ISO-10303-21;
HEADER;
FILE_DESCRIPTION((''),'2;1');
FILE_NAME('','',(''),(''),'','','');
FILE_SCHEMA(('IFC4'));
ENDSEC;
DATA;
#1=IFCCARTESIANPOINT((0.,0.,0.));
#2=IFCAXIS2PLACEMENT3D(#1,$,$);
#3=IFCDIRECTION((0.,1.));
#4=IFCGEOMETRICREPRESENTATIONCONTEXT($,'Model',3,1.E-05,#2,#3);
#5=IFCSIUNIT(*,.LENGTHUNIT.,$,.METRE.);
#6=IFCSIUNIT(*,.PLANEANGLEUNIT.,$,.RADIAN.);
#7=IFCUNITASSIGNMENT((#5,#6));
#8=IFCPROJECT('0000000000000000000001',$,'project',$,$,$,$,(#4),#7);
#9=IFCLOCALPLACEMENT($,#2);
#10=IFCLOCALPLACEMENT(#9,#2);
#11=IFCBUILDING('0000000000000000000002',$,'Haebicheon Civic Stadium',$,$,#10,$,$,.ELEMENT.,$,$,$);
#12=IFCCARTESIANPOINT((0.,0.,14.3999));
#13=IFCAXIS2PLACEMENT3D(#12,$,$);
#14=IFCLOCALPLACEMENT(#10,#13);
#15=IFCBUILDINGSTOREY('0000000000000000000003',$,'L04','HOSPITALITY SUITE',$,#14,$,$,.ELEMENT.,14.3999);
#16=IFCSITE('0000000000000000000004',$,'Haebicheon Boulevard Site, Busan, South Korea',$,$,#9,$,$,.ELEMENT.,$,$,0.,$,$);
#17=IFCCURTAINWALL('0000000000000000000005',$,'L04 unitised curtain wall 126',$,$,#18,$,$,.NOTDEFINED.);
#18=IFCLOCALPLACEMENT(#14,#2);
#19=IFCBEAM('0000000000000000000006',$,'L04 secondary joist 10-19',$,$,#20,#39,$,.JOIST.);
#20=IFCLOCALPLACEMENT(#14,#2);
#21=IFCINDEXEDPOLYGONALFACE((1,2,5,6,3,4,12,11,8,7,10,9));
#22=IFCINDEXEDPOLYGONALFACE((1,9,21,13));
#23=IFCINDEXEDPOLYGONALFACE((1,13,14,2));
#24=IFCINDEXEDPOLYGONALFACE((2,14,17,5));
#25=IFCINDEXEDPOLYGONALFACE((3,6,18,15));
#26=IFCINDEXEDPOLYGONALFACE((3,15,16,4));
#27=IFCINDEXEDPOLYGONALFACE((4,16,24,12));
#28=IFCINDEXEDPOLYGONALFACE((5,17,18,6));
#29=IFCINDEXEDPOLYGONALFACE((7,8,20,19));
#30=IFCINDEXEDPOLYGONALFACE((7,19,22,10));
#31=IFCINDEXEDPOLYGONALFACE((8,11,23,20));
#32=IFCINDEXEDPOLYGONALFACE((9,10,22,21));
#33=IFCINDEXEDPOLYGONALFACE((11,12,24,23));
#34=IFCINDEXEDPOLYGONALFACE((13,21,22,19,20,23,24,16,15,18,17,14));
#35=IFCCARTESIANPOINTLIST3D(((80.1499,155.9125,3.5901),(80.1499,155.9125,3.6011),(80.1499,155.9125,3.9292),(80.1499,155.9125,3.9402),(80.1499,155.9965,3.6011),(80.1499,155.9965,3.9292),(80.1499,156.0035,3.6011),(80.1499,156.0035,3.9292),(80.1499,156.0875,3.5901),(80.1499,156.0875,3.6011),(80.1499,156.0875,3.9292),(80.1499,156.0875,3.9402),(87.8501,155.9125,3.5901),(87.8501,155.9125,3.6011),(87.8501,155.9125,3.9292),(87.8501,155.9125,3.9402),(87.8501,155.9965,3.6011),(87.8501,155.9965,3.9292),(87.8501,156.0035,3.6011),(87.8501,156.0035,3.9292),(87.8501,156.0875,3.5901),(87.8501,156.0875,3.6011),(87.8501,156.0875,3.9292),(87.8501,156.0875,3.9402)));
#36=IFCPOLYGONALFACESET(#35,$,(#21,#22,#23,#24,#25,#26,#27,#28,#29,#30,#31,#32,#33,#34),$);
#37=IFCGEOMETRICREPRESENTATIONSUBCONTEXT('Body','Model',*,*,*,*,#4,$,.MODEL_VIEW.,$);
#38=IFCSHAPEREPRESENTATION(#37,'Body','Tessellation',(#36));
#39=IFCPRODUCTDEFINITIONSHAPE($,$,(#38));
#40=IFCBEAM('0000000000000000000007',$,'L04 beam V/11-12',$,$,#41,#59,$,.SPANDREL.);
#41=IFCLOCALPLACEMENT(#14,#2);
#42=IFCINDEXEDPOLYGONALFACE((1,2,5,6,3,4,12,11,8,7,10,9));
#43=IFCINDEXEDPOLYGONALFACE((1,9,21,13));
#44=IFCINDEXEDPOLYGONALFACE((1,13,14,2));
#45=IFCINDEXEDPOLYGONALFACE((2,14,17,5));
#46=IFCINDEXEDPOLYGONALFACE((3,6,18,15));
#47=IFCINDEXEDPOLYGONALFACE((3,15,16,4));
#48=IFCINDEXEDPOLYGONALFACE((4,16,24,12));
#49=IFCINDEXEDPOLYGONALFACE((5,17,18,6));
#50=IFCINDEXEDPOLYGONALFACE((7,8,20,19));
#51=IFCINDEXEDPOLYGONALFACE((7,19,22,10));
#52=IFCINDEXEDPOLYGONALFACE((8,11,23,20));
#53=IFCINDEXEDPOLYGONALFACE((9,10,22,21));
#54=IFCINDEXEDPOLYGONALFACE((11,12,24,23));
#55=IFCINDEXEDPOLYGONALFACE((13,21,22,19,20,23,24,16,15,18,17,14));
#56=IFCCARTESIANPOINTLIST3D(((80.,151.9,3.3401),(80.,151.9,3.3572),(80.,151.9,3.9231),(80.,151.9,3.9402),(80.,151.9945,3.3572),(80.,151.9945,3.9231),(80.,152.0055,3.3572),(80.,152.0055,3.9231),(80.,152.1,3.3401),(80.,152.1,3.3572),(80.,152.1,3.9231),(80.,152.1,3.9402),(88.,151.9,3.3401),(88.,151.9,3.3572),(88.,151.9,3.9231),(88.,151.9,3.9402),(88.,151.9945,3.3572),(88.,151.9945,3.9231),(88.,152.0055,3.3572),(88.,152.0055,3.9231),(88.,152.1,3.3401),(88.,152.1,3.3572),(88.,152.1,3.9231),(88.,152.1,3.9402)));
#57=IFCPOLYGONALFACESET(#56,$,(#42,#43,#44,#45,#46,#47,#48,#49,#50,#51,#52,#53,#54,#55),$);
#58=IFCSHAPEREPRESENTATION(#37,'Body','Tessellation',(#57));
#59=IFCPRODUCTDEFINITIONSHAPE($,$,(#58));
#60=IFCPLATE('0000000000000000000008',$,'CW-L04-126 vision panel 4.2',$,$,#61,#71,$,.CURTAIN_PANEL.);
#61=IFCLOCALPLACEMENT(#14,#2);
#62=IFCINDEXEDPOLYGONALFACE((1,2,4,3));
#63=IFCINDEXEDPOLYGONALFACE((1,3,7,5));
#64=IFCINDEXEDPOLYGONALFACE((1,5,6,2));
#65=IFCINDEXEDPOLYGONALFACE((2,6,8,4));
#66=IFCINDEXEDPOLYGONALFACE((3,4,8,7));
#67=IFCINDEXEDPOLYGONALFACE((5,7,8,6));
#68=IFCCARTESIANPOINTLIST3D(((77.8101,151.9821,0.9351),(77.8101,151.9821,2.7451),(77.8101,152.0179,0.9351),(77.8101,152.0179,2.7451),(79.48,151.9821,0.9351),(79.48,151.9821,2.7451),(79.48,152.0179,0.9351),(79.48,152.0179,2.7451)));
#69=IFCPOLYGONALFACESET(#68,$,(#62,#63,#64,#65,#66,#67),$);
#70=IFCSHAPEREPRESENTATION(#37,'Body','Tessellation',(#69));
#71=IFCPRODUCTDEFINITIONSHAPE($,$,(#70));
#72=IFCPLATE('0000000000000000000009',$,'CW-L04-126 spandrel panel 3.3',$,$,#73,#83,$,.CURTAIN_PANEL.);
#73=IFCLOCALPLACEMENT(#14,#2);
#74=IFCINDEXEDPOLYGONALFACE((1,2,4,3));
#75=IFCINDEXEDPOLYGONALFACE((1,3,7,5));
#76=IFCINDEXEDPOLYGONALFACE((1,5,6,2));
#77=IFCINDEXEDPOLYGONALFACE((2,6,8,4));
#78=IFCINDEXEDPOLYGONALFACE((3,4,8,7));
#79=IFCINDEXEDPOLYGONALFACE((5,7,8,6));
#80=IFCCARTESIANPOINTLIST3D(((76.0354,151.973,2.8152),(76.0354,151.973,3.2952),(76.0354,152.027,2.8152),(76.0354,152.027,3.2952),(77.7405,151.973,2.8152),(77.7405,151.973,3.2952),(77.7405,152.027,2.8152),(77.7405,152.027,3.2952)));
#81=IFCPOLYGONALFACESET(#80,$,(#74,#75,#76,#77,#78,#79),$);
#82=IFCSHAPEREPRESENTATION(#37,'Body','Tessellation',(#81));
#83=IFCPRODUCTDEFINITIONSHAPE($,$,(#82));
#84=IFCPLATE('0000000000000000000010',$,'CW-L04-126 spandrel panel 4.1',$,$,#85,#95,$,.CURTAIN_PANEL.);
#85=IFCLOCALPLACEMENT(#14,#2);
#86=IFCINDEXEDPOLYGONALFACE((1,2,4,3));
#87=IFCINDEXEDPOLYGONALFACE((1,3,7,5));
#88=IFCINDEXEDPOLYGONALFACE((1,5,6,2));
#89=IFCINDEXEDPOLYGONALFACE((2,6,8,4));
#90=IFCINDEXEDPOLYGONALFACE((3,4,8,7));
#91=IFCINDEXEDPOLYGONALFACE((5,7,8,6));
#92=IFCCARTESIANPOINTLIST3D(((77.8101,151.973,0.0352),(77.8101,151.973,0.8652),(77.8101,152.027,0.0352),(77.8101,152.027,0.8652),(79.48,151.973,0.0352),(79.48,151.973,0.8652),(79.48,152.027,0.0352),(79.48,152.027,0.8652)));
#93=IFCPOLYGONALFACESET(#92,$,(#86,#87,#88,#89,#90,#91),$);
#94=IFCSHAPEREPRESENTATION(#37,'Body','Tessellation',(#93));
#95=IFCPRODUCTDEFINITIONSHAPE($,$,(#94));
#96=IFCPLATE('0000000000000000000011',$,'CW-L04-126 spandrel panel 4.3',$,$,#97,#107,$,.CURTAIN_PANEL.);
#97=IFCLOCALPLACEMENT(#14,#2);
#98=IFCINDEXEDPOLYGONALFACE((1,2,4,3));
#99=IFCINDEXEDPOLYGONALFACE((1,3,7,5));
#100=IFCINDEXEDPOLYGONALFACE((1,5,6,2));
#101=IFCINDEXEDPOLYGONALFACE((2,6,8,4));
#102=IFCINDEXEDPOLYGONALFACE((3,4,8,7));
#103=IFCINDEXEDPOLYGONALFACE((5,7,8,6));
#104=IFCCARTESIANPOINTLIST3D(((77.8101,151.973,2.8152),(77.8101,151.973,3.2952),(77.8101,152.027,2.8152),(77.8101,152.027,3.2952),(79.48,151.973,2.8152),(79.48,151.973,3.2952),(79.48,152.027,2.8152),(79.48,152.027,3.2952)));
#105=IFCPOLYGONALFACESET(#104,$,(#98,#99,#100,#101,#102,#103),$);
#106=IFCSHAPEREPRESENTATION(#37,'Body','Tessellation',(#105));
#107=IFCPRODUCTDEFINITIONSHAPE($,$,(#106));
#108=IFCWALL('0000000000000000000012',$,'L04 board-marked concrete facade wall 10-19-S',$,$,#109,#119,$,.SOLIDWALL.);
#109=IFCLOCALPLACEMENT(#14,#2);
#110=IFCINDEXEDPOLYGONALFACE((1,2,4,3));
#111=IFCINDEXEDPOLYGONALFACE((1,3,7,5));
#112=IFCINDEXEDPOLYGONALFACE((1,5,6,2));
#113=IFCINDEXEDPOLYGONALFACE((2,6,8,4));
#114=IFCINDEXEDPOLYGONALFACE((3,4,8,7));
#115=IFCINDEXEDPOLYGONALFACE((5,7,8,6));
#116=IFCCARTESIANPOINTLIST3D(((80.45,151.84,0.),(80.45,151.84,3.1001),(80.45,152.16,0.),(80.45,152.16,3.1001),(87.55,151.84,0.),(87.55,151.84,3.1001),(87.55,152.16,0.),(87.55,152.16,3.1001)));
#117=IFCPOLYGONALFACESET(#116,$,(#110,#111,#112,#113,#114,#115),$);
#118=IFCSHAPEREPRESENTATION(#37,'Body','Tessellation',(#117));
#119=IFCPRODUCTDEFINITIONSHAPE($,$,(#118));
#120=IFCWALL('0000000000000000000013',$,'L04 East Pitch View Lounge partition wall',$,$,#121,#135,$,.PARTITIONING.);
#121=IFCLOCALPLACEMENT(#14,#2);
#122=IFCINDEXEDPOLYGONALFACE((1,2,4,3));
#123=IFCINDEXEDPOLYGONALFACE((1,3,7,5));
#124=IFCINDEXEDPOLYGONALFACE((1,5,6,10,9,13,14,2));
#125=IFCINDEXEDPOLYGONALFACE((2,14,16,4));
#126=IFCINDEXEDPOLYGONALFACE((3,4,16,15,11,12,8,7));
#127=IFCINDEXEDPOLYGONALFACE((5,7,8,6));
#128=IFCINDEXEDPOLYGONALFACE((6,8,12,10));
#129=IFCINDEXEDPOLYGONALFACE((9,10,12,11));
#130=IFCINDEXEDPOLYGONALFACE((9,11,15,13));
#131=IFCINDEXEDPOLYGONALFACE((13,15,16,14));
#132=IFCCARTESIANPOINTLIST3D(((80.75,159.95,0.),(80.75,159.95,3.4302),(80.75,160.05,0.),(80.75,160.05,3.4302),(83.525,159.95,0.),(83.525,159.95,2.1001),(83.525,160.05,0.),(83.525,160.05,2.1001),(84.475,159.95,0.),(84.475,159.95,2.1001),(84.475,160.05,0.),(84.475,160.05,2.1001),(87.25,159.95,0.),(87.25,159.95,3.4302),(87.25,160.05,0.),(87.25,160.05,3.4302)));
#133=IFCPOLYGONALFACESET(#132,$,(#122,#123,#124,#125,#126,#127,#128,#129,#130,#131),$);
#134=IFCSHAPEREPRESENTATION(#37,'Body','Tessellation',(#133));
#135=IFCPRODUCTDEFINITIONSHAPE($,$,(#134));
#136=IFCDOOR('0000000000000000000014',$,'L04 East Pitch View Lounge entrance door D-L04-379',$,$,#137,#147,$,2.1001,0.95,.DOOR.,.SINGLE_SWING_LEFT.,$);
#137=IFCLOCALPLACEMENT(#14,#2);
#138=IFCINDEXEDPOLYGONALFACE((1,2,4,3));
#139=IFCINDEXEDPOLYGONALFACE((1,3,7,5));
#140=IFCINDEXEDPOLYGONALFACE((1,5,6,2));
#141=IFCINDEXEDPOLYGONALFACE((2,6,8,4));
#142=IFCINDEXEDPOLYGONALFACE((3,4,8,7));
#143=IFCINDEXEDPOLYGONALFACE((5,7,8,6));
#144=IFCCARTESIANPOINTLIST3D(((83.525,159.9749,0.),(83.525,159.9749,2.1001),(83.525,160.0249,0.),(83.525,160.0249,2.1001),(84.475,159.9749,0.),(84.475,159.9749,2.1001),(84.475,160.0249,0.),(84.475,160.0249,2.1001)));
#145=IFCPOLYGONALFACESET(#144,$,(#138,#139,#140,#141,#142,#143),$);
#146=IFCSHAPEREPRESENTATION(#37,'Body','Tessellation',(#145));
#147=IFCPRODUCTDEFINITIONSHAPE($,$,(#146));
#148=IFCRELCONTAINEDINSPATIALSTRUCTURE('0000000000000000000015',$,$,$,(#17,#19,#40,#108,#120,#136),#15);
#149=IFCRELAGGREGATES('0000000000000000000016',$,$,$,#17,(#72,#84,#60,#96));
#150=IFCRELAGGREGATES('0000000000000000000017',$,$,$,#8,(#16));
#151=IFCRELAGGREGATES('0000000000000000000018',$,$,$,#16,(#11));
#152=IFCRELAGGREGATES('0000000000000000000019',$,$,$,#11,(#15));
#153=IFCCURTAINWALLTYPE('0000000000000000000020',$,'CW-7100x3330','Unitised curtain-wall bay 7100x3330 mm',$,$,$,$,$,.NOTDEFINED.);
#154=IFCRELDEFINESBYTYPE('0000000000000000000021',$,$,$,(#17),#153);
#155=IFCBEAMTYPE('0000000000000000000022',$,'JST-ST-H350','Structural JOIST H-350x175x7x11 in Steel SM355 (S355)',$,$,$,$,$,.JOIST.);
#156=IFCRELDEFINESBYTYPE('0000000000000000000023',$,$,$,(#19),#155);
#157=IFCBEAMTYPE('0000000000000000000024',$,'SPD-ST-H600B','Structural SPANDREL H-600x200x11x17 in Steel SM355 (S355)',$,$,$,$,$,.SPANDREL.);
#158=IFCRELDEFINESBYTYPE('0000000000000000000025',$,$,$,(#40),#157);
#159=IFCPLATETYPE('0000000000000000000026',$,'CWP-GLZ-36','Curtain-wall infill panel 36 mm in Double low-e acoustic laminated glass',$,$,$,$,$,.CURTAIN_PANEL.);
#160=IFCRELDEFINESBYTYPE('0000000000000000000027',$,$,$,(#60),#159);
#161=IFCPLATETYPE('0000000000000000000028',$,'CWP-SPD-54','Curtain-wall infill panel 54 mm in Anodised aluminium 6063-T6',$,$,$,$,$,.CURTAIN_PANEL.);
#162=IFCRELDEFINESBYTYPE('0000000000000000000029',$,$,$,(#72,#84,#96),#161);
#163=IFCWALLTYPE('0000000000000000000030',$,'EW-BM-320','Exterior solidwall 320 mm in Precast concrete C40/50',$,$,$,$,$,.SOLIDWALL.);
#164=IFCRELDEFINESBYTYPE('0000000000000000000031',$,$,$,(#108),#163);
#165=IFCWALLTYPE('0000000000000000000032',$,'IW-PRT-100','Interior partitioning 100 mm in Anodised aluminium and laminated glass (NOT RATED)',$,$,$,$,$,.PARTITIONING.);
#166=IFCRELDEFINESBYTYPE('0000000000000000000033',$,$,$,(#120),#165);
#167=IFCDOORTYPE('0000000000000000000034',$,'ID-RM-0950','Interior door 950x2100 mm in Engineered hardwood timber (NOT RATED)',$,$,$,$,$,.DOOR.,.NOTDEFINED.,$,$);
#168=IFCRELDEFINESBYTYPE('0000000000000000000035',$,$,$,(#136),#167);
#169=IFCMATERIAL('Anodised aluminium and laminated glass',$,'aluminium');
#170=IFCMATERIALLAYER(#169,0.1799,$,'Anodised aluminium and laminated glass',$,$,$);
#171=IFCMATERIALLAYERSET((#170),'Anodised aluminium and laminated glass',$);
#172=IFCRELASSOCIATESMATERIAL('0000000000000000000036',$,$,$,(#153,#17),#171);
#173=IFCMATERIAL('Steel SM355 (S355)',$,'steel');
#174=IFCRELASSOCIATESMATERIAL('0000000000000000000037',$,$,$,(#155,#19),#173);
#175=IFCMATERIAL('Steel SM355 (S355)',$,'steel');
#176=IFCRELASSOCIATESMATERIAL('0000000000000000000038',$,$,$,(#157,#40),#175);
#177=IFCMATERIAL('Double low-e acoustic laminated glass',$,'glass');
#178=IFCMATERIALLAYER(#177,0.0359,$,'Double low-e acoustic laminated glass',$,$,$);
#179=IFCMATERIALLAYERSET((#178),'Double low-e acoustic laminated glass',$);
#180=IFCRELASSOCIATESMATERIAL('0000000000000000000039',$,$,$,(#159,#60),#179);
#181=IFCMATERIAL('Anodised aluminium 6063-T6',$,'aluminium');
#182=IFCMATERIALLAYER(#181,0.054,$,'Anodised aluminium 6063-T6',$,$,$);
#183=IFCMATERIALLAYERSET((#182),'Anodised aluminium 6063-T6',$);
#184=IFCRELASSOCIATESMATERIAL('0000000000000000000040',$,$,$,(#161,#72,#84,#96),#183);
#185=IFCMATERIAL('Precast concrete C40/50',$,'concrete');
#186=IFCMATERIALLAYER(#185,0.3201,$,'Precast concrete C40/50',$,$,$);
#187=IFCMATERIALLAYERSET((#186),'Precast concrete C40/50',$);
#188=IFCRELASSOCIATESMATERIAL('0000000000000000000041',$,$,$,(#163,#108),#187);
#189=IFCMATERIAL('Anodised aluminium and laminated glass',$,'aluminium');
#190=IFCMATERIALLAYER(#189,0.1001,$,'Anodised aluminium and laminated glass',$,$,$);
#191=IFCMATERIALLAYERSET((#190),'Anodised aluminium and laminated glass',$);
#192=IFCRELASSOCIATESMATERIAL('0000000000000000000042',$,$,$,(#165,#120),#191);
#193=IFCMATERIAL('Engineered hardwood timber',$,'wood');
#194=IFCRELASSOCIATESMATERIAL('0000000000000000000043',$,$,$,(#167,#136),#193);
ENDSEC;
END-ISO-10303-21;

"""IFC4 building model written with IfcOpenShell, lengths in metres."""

from ifc_helpers import new_model, si_unit, direction, frame, frame_2d, origin, origin_2d, place, context, subcontext, project, spatial, rectangle, i_section, extrude, material, layer, layer_set, material_profile, profile_set, type_object, element, fill, aggregate, save


model = new_model("IFC4")

# Units and contexts
model_context = context("Model", 3, precision=1e-05, world=origin(), true_north=direction((0.0, 1.0)))
body_context = subcontext(model_context, "Body", "Model", "MODEL_VIEW")
ifc_project = project(units=[si_unit("LENGTHUNIT", "METRE"), si_unit("PLANEANGLEUNIT", "RADIAN")], contexts=[model_context])

# Site, building, storey
site_placement = place(None, origin())
site = spatial("IfcSite", under=ifc_project, at=site_placement, Name="Haebicheon Boulevard Site, Busan, South Korea", CompositionType="ELEMENT", RefElevation=0.0)
building_placement = place(site_placement, origin())
building = spatial("IfcBuilding", under=site, at=building_placement, Name="Haebicheon Civic Stadium", CompositionType="ELEMENT")
storey_placement = place(building_placement, frame((0.0, 0.0, 14.3999)))
storey = spatial("IfcBuildingStorey", under=building, at=storey_placement, Name="L04", Description="HOSPITALITY SUITE", CompositionType="ELEMENT", Elevation=14.3999)

# Curtain wall
ifc_material_1 = material(Name="Anodised aluminium and laminated glass", Category="aluminium")
ifc_layer_1 = layer(ifc_material_1, 0.1799, Name="Anodised aluminium and laminated glass")
ifc_layer_set_1 = layer_set([ifc_layer_1], Name="Anodised aluminium and laminated glass")
curtain_wall_type = type_object("IfcCurtainWallType", Name="CW-7100x3330", Description="Unitised curtain-wall bay 7100x3330 mm", PredefinedType="NOTDEFINED", material=ifc_layer_set_1)
curtain_wall_placement = place(storey_placement, origin())
curtain_wall = element("IfcCurtainWall", 1, at=curtain_wall_placement, inside=storey, type_object=curtain_wall_type, material=ifc_layer_set_1, Name="L04 unitised curtain wall 126", PredefinedType="NOTDEFINED")

# Beams
ifc_material_2 = material(Name="Steel SM355 (S355)", Category="steel")
ifc_material_profile_1 = material_profile(ifc_material_2, i_section(OverallWidth=0.175, OverallDepth=0.3501, WebThickness=0.0071, FlangeThickness=0.011, at=origin_2d()), Name="H-350x175x7x11")
ifc_profile_set_1 = profile_set([ifc_material_profile_1], Name="Steel SM355 (S355)")
beam_type_1 = type_object("IfcBeamType", Name="JST-ST-H350", Description="Structural JOIST H-350x175x7x11 in Steel SM355 (S355)", PredefinedType="JOIST", material=ifc_profile_set_1)
beam_1_placement = place(storey_placement, frame((80.1499, 156.0, 3.7651), z_axis=(1.0, 0.0, 0.0), x_axis=(0.0, 1.0, 0.0)))
element("IfcBeam", 2, at=beam_1_placement, inside=storey, type_object=beam_type_1, material=ifc_profile_set_1, Name="L04 secondary joist 10-19", PredefinedType="JOIST", context=body_context, shape_type="SweptSolid", body=[
    extrude(i_section(OverallWidth=0.175, OverallDepth=0.3501, WebThickness=0.0071, FlangeThickness=0.011, at=origin_2d()), origin(), (0.0, 0.0, 1.0), 7.7002),
])
ifc_material_3 = material(Name="Steel SM355 (S355)", Category="steel")
ifc_material_profile_2 = material_profile(ifc_material_3, i_section(OverallWidth=0.2, OverallDepth=0.6001, WebThickness=0.011, FlangeThickness=0.0171, at=origin_2d()), Name="H-600x200x11x17")
ifc_profile_set_2 = profile_set([ifc_material_profile_2], Name="Steel SM355 (S355)")
beam_type_2 = type_object("IfcBeamType", Name="SPD-ST-H600B", Description="Structural SPANDREL H-600x200x11x17 in Steel SM355 (S355)", PredefinedType="SPANDREL", material=ifc_profile_set_2)
beam_2_placement = place(storey_placement, frame((80.0, 152.0, 3.6401), z_axis=(1.0, 0.0, 0.0), x_axis=(0.0, 1.0, 0.0)))
element("IfcBeam", 3, at=beam_2_placement, inside=storey, type_object=beam_type_2, material=ifc_profile_set_2, Name="L04 beam V/11-12", PredefinedType="SPANDREL", context=body_context, shape_type="SweptSolid", body=[
    extrude(i_section(OverallWidth=0.2, OverallDepth=0.6001, WebThickness=0.011, FlangeThickness=0.0171, at=origin_2d()), origin(), (0.0, 0.0, 1.0), 8.0),
])

# Plates
ifc_material_4 = material(Name="Double low-e acoustic laminated glass", Category="glass")
ifc_layer_2 = layer(ifc_material_4, 0.0359, Name="Double low-e acoustic laminated glass")
ifc_layer_set_2 = layer_set([ifc_layer_2], Name="Double low-e acoustic laminated glass")
plate_type_1 = type_object("IfcPlateType", Name="CWP-GLZ-36", Description="Curtain-wall infill panel 36 mm in Double low-e acoustic laminated glass", PredefinedType="CURTAIN_PANEL", material=ifc_layer_set_2)
plate_1_placement = place(storey_placement, frame((78.645, 152.0, 0.9351), z_axis=(0.0, 0.0, 1.0), x_axis=(1.0, 0.0, 0.0)))
plate_1 = element("IfcPlate", 4, at=plate_1_placement, type_object=plate_type_1, material=ifc_layer_set_2, Name="CW-L04-126 vision panel 4.2", PredefinedType="CURTAIN_PANEL", context=body_context, shape_type="SweptSolid", body=[
    extrude(rectangle(XDim=1.6699, YDim=0.0359, at=origin_2d()), origin(), (0.0, 0.0, 1.0), 1.8101),
])
ifc_material_5 = material(Name="Anodised aluminium 6063-T6", Category="aluminium")
ifc_layer_3 = layer(ifc_material_5, 0.054, Name="Anodised aluminium 6063-T6")
ifc_layer_set_3 = layer_set([ifc_layer_3], Name="Anodised aluminium 6063-T6")
plate_type_2 = type_object("IfcPlateType", Name="CWP-SPD-54", Description="Curtain-wall infill panel 54 mm in Anodised aluminium 6063-T6", PredefinedType="CURTAIN_PANEL", material=ifc_layer_set_3)
plate_2_placement = place(storey_placement, frame((76.8879, 152.0, 2.8152), z_axis=(0.0, 0.0, 1.0), x_axis=(1.0, 0.0, 0.0)))
plate_2 = element("IfcPlate", 5, at=plate_2_placement, type_object=plate_type_2, material=ifc_layer_set_3, Name="CW-L04-126 spandrel panel 3.3", PredefinedType="CURTAIN_PANEL", context=body_context, shape_type="SweptSolid", body=[
    extrude(rectangle(XDim=1.7051, YDim=0.054, at=origin_2d()), origin(), (0.0, 0.0, 1.0), 0.48),
])
plate_3_placement = place(storey_placement, frame((78.645, 152.0, 0.0352), z_axis=(0.0, 0.0, 1.0), x_axis=(1.0, 0.0, 0.0)))
plate_3 = element("IfcPlate", 6, at=plate_3_placement, type_object=plate_type_2, material=ifc_layer_set_3, Name="CW-L04-126 spandrel panel 4.1", PredefinedType="CURTAIN_PANEL", context=body_context, shape_type="SweptSolid", body=[
    extrude(rectangle(XDim=1.6699, YDim=0.054, at=origin_2d()), origin(), (0.0, 0.0, 1.0), 0.8301),
])
plate_4_placement = place(storey_placement, frame((78.645, 152.0, 2.8152), z_axis=(0.0, 0.0, 1.0), x_axis=(1.0, 0.0, 0.0)))
plate_4 = element("IfcPlate", 7, at=plate_4_placement, type_object=plate_type_2, material=ifc_layer_set_3, Name="CW-L04-126 spandrel panel 4.3", PredefinedType="CURTAIN_PANEL", context=body_context, shape_type="SweptSolid", body=[
    extrude(rectangle(XDim=1.6699, YDim=0.054, at=origin_2d()), origin(), (0.0, 0.0, 1.0), 0.48),
])
aggregate(curtain_wall, [plate_2, plate_3, plate_1, plate_4])

# Wall
ifc_material_6 = material(Name="Precast concrete C40/50", Category="concrete")
ifc_layer_4 = layer(ifc_material_6, 0.3201, Name="Precast concrete C40/50")
ifc_layer_set_4 = layer_set([ifc_layer_4], Name="Precast concrete C40/50")
wall_type_1 = type_object("IfcWallType", Name="EW-BM-320", Description="Exterior solidwall 320 mm in Precast concrete C40/50", PredefinedType="SOLIDWALL", material=ifc_layer_set_4)
wall_1_placement = place(storey_placement, frame((80.45, 152.0, 0.0), z_axis=(0.0, 0.0, 1.0), x_axis=(1.0, 0.0, 0.0)))
element("IfcWall", 8, at=wall_1_placement, inside=storey, type_object=wall_type_1, material=ifc_layer_set_4, Name="L04 board-marked concrete facade wall 10-19-S", PredefinedType="SOLIDWALL", context=body_context, shape_type="SweptSolid", body=[
    extrude(rectangle(XDim=7.1001, YDim=0.3201, at=frame_2d((3.55, 0.0))), origin(), (0.0, 0.0, 1.0), 3.1001),
])

# Wall, opening, door
ifc_material_7 = material(Name="Anodised aluminium and laminated glass", Category="aluminium")
ifc_layer_5 = layer(ifc_material_7, 0.1001, Name="Anodised aluminium and laminated glass")
ifc_layer_set_5 = layer_set([ifc_layer_5], Name="Anodised aluminium and laminated glass")
wall_type_2 = type_object("IfcWallType", Name="IW-PRT-100", Description="Interior partitioning 100 mm in Anodised aluminium and laminated glass (NOT RATED)", PredefinedType="PARTITIONING", material=ifc_layer_set_5)
wall_2_placement = place(storey_placement, frame((80.75, 160.0, 0.0), z_axis=(0.0, 0.0, 1.0), x_axis=(1.0, 0.0, 0.0)))
wall_2 = element("IfcWall", 9, at=wall_2_placement, inside=storey, type_object=wall_type_2, material=ifc_layer_set_5, Name="L04 East Pitch View Lounge partition wall", PredefinedType="PARTITIONING", context=body_context, shape_type="SweptSolid", body=[
    extrude(rectangle(XDim=6.5, YDim=0.1001, at=frame_2d((3.25, 0.0))), origin(), (0.0, 0.0, 1.0), 3.4302),
])
opening_1_placement = place(wall_2_placement, frame((2.7749, 0.0, 0.0)))
opening_1 = element("IfcOpeningElement", 10, at=opening_1_placement, cuts=wall_2, PredefinedType="OPENING", context=body_context, shape_type="SweptSolid", body=[
    extrude(rectangle(XDim=0.95, YDim=2.1001, at=frame_2d((0.4751, 1.05))), frame((0.0, 0.0601, 0.0), z_axis=(0.0, -1.0, 0.0), x_axis=(1.0, 0.0, 0.0)), (0.0, 0.0, 1.0), 0.1201),
])
ifc_material_8 = material(Name="Engineered hardwood timber", Category="wood")
door_type_1 = type_object("IfcDoorType", Name="ID-RM-0950", Description="Interior door 950x2100 mm in Engineered hardwood timber (NOT RATED)", OperationType="NOTDEFINED", PredefinedType="DOOR", material=ifc_material_8)
door_1_placement = place(opening_1_placement, origin())
door_1 = element("IfcDoor", 11, at=door_1_placement, inside=storey, type_object=door_type_1, material=ifc_material_8, Name="L04 East Pitch View Lounge entrance door D-L04-379", OperationType="SINGLE_SWING_LEFT", OverallHeight=2.1001, OverallWidth=0.95, PredefinedType="DOOR", context=body_context, shape_type="SweptSolid", body=[
    extrude(rectangle(XDim=0.95, YDim=2.1001, at=frame_2d((0.4751, 1.05))), frame((0.0, 0.0249, 0.0), z_axis=(0.0, -1.0, 0.0), x_axis=(1.0, 0.0, 0.0)), (0.0, 0.0, 1.0), 0.05),
])
fill(opening_1, door_1)

save(model, "model.ifc")
